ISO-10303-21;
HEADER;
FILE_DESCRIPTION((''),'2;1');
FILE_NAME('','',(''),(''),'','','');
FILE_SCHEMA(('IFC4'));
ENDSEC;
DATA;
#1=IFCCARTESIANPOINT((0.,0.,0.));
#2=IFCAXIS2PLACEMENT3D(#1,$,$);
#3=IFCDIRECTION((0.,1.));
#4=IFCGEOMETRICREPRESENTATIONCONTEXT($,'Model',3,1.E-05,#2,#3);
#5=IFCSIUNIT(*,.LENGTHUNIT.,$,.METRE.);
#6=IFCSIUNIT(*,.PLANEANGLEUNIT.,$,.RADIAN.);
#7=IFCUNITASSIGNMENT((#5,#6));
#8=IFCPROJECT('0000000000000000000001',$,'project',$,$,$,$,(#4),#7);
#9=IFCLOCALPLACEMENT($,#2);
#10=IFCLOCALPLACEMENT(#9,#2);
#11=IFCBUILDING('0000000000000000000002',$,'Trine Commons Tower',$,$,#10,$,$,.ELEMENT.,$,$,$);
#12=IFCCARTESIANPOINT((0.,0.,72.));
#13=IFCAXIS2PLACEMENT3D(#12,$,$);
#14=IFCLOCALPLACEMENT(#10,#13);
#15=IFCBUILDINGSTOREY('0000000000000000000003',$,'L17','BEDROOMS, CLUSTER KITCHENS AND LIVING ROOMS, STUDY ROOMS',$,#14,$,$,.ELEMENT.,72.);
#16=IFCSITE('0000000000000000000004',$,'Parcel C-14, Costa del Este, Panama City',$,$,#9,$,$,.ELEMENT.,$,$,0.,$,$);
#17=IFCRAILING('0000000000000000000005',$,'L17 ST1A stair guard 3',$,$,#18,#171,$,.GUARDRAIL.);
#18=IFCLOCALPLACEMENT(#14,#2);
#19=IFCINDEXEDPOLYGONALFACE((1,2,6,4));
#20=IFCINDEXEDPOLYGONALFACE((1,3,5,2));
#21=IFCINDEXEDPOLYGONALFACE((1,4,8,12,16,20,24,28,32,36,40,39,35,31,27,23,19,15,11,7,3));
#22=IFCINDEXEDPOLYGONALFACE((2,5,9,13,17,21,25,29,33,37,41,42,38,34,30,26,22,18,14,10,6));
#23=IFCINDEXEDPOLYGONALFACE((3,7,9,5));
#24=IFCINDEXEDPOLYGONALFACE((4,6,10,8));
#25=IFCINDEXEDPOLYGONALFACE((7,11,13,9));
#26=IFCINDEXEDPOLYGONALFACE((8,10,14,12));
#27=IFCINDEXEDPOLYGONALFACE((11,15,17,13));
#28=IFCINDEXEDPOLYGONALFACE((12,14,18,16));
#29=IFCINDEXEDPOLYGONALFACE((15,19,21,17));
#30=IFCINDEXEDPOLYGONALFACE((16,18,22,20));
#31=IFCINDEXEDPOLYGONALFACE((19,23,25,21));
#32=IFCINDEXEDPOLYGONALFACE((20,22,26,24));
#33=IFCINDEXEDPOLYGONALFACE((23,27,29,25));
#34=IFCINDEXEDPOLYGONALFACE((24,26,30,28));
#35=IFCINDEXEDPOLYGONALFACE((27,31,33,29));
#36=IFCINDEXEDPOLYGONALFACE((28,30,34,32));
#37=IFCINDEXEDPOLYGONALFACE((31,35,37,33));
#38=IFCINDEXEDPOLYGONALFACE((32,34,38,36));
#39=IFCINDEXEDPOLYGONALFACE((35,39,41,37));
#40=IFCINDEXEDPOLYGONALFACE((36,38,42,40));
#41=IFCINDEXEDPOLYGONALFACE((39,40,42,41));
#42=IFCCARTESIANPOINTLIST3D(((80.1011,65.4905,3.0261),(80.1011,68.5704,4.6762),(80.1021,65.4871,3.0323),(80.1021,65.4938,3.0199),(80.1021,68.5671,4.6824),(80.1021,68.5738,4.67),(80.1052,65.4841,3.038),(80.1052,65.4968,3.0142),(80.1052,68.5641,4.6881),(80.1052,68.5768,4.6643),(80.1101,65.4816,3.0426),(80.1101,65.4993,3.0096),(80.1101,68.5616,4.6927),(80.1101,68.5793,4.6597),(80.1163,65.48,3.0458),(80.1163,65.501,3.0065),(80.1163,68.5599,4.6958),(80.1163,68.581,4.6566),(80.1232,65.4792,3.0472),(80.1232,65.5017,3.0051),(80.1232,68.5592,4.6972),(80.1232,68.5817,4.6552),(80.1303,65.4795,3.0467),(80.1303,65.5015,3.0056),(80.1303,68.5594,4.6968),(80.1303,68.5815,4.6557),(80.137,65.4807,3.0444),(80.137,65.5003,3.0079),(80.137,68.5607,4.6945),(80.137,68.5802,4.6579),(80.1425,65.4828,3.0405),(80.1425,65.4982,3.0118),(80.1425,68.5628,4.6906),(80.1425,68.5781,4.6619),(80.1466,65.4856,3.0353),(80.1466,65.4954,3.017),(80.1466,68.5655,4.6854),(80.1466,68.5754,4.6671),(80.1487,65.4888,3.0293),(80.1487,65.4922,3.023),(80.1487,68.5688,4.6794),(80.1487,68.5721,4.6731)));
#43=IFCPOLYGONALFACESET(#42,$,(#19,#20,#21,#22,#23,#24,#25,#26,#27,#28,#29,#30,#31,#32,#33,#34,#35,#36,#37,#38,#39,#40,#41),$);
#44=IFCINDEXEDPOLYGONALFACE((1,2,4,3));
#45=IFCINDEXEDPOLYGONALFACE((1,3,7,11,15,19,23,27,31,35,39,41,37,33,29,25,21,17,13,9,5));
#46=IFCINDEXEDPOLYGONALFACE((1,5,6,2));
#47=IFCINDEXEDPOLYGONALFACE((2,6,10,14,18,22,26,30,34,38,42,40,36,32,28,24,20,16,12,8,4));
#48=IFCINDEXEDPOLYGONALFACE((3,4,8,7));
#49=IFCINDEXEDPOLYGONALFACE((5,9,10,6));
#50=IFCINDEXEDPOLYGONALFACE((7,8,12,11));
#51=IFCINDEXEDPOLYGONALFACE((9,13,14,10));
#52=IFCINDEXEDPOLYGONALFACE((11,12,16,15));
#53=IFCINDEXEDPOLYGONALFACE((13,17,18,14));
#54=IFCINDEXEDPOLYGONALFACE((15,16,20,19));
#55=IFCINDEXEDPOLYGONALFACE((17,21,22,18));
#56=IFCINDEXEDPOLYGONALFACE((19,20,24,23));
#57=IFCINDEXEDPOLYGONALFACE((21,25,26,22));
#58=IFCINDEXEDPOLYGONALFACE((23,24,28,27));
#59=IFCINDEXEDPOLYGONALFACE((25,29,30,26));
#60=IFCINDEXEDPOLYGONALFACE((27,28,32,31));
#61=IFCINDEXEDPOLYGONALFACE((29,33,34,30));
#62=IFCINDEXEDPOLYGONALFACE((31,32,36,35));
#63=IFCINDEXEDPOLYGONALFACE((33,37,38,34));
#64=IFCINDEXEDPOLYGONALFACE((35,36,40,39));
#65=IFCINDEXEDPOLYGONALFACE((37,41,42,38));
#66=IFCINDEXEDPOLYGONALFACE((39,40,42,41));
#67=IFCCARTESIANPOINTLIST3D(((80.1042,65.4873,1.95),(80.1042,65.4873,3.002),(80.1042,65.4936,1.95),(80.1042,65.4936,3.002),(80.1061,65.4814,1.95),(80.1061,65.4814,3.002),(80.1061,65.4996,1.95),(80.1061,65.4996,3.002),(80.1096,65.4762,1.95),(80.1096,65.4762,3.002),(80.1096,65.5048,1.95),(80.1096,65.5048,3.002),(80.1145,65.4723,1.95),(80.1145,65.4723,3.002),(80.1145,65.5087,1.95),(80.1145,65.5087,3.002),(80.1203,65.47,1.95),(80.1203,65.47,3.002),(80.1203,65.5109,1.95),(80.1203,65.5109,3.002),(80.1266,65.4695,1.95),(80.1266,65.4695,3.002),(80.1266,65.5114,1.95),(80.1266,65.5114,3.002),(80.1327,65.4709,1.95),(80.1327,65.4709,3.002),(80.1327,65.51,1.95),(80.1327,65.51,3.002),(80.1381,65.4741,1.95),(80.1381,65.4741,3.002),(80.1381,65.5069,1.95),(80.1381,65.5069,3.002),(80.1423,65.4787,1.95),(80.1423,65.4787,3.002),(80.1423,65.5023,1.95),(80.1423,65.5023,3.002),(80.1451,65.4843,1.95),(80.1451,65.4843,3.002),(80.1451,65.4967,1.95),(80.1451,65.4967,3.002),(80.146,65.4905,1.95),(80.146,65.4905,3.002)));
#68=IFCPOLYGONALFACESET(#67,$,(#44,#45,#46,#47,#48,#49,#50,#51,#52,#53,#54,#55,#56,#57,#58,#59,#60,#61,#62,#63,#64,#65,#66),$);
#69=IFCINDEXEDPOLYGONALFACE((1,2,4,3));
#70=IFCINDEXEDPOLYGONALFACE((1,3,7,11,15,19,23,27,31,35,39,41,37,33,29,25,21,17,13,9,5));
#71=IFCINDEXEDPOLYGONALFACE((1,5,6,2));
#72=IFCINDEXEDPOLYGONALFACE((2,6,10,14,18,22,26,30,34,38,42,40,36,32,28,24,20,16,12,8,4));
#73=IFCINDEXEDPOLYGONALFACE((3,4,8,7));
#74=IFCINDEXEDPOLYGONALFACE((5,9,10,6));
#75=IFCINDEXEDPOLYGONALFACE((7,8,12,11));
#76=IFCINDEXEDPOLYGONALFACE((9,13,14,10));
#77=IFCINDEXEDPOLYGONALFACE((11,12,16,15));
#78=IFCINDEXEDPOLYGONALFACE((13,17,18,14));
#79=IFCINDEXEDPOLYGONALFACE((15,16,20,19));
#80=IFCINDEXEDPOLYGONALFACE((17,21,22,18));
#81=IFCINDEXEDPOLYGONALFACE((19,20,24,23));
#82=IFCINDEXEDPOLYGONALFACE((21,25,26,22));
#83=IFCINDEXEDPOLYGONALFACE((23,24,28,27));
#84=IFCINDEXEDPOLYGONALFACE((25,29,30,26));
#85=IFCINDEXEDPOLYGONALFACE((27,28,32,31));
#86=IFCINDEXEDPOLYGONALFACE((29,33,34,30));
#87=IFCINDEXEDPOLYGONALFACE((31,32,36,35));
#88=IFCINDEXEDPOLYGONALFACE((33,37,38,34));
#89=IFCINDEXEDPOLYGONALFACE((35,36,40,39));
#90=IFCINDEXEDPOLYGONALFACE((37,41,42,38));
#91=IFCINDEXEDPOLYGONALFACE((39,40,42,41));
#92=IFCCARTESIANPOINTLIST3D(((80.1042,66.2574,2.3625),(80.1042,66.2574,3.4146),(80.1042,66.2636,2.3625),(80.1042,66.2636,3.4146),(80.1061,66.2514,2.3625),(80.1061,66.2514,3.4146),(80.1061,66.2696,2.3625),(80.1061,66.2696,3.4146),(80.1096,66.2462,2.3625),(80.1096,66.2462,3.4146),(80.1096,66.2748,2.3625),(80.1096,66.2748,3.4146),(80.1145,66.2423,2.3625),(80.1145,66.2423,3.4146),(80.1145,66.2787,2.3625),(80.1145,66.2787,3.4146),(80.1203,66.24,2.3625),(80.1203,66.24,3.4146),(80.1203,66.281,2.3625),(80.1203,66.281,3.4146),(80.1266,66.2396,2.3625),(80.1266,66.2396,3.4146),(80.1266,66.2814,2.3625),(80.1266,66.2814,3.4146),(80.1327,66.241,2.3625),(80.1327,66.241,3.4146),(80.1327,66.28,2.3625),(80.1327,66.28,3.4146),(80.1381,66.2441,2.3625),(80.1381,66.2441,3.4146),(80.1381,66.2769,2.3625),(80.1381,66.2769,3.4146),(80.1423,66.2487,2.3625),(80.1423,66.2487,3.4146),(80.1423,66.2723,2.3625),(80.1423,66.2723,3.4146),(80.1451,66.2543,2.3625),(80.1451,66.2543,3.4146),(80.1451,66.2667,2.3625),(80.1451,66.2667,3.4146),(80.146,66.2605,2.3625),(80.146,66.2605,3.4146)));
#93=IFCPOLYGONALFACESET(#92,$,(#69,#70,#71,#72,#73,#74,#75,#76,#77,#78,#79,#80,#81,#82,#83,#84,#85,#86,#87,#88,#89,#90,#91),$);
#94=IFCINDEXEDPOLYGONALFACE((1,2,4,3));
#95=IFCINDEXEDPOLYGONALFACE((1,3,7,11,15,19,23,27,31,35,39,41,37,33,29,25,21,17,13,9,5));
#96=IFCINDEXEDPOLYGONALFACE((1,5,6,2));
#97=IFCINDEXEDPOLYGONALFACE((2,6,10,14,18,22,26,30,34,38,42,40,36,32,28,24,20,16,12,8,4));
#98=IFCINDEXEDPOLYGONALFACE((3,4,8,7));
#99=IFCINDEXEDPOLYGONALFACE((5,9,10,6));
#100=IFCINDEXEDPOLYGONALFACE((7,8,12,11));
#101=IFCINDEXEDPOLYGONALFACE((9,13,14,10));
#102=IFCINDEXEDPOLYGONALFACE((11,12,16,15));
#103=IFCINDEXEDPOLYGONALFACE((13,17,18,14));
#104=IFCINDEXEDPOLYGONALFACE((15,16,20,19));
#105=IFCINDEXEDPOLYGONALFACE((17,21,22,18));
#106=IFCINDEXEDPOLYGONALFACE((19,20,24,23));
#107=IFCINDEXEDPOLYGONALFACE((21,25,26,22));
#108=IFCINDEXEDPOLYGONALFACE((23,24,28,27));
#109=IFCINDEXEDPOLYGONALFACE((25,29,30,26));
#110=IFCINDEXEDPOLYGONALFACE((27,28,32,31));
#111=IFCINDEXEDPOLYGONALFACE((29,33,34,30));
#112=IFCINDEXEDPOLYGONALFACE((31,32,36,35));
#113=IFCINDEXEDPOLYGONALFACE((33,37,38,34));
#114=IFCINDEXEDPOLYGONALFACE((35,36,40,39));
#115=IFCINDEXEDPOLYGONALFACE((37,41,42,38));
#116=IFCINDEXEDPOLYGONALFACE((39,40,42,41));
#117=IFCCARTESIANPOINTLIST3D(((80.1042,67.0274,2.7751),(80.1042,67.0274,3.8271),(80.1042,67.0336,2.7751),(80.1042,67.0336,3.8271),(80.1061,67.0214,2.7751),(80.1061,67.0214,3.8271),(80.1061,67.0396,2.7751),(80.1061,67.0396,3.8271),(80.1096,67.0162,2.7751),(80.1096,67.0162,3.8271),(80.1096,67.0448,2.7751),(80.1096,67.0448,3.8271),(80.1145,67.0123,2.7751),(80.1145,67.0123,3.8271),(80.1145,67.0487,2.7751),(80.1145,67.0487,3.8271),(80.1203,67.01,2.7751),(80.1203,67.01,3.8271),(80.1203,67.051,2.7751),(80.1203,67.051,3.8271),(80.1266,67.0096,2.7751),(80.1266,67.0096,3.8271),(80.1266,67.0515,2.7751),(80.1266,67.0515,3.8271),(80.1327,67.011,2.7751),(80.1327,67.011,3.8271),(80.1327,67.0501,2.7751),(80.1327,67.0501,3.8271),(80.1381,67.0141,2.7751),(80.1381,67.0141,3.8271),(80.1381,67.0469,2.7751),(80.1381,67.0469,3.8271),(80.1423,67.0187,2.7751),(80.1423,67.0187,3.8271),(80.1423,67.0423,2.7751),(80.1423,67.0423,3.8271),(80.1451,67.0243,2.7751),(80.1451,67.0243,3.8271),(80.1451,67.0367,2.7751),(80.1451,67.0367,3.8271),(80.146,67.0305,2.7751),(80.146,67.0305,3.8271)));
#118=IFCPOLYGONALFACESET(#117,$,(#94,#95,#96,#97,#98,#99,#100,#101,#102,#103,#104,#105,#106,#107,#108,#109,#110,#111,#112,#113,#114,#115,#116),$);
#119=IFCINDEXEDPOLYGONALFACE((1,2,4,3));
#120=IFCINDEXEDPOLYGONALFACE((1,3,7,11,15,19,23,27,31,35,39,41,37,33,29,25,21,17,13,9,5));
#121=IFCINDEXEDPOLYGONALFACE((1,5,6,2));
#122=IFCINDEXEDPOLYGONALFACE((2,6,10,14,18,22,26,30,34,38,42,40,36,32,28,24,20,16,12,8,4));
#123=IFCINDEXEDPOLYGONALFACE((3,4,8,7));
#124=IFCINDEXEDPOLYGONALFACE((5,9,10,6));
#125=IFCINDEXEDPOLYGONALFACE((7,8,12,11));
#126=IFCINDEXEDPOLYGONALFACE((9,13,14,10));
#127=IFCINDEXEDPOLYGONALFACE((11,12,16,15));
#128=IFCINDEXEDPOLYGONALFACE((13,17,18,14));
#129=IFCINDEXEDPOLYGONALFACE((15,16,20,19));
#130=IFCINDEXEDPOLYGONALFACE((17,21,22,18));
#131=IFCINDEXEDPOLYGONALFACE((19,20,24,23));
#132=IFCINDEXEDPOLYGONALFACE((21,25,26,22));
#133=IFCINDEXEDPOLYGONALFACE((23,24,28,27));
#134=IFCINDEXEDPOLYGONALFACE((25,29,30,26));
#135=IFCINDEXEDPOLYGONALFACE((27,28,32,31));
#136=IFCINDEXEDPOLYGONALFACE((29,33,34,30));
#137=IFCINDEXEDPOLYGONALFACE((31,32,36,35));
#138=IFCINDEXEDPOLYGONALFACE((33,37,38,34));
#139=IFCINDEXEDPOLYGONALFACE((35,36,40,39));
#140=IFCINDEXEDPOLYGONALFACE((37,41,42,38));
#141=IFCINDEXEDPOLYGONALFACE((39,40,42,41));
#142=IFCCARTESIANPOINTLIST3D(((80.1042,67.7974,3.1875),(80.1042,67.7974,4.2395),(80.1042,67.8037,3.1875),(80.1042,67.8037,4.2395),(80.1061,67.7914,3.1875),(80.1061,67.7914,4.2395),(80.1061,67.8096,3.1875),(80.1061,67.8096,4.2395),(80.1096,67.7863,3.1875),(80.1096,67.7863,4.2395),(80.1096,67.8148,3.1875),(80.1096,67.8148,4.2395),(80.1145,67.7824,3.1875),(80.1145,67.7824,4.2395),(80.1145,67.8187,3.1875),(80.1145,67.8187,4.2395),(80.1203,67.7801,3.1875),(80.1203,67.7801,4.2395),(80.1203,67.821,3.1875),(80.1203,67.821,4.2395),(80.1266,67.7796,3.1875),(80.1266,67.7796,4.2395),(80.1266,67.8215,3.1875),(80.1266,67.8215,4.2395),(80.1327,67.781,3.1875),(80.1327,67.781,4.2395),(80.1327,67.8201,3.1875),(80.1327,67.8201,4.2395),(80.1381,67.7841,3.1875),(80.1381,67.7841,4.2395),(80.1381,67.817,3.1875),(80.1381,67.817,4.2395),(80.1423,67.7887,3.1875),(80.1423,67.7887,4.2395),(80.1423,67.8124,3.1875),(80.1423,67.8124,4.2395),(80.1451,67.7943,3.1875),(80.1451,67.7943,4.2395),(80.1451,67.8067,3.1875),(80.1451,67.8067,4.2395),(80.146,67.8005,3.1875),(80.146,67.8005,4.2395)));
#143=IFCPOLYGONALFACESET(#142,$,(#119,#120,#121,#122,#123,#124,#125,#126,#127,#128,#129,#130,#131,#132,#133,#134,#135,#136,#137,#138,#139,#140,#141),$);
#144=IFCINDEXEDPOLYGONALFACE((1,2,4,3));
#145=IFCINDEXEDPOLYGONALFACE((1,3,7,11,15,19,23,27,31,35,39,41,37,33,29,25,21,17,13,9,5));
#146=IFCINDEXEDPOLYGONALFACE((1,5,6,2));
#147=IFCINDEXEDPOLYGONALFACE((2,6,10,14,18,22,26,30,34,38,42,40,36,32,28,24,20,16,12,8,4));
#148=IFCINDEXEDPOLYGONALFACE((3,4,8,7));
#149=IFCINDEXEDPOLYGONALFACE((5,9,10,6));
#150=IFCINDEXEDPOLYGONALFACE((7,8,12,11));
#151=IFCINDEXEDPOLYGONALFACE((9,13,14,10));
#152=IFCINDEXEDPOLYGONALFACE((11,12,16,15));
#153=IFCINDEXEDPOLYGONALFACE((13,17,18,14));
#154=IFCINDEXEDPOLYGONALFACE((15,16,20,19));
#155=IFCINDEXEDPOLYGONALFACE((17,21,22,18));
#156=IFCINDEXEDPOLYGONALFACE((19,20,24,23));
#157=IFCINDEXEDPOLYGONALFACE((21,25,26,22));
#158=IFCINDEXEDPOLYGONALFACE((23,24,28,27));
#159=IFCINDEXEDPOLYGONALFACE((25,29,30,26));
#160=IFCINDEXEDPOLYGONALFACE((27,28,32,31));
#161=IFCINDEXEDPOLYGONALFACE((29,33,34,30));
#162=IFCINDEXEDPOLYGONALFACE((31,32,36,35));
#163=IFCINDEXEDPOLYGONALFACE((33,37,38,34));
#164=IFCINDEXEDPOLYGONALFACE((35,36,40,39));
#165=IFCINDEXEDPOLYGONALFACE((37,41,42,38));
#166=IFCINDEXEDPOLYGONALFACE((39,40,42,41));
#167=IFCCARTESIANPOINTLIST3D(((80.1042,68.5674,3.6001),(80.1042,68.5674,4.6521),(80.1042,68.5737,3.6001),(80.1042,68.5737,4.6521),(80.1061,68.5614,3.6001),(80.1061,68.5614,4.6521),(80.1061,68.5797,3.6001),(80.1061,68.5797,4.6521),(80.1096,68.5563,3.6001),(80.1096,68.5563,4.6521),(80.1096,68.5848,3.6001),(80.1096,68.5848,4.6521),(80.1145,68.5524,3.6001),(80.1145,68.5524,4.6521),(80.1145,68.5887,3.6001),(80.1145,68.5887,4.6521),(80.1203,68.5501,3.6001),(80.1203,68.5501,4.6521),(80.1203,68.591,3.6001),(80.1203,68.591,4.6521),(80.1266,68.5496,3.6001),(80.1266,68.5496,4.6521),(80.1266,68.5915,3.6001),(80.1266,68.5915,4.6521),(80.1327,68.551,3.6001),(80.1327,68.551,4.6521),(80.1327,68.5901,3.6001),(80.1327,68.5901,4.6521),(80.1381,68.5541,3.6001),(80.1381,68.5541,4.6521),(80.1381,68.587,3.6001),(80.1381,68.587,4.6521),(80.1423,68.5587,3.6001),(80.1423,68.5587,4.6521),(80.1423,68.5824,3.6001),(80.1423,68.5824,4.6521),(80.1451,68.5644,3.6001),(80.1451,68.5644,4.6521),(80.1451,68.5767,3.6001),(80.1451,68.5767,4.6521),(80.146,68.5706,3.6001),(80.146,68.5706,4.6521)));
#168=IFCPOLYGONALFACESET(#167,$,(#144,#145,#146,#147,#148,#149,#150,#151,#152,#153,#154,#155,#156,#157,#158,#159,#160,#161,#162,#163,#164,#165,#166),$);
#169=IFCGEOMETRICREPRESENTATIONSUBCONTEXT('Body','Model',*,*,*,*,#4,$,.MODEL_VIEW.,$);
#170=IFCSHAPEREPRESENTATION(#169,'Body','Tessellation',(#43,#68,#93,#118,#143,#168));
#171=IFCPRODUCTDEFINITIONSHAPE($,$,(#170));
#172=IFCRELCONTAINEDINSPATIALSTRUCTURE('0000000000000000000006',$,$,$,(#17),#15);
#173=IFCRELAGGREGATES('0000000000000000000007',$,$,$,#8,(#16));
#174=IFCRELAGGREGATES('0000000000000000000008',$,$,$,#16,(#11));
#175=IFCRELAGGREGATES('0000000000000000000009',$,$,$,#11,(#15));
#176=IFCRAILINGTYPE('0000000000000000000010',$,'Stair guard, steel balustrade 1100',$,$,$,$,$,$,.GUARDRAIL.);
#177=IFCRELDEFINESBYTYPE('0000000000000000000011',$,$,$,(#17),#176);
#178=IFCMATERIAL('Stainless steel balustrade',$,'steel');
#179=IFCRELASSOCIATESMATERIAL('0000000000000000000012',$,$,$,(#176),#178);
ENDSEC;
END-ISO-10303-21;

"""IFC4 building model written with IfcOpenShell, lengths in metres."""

from ifc_helpers import new_model, si_unit, direction, frame, origin, origin_2d, place, context, subcontext, project, spatial, circle, extrude, material, type_object, element, save


model = new_model("IFC4")

# Units and contexts
model_context = context("Model", 3, precision=1e-05, world=origin(), true_north=direction((0.0, 1.0)))
body_context = subcontext(model_context, "Body", "Model", "MODEL_VIEW")
ifc_project = project(units=[si_unit("LENGTHUNIT", "METRE"), si_unit("PLANEANGLEUNIT", "RADIAN")], contexts=[model_context])

# Site, building, storey
site_placement = place(None, origin())
site = spatial("IfcSite", under=ifc_project, at=site_placement, Name="Parcel C-14, Costa del Este, Panama City", CompositionType="ELEMENT", RefElevation=0.0)
building_placement = place(site_placement, origin())
building = spatial("IfcBuilding", under=site, at=building_placement, Name="Trine Commons Tower", CompositionType="ELEMENT")
storey_placement = place(building_placement, frame((0.0, 0.0, 72.0)))
storey = spatial("IfcBuildingStorey", under=building, at=storey_placement, Name="L17", Description="BEDROOMS, CLUSTER KITCHENS AND LIVING ROOMS, STUDY ROOMS", CompositionType="ELEMENT", Elevation=72.0)

# Railing
ifc_material_1 = material(Name="Stainless steel balustrade", Category="steel")
railing_type_1 = type_object("IfcRailingType", Name="Stair guard, steel balustrade 1100", PredefinedType="GUARDRAIL", material=ifc_material_1)
railing_1_placement = place(storey_placement, frame((80.125, 65.4905, 1.95)))
element("IfcRailing", 1, at=railing_1_placement, inside=storey, type_object=railing_type_1, Name="L17 ST1A stair guard 3", PredefinedType="GUARDRAIL", context=body_context, shape_type="SweptSolid", body=[
    extrude(circle(Radius=0.0239, at=origin_2d()), frame((0.0, 0.0, 1.0762), z_axis=(0.0, 0.881468, 0.472245), x_axis=(-1.0, 0.0, 0.0)), (0.0, 0.0, 1.0), 3.4941),
    extrude(circle(Radius=0.021, at=origin_2d()), origin(), (0.0, 0.0, 1.0), 1.052),
    extrude(circle(Radius=0.021, at=origin_2d()), frame((0.0, 0.77, 0.4126)), (0.0, 0.0, 1.0), 1.052),
    extrude(circle(Radius=0.021, at=origin_2d()), frame((0.0, 1.54, 0.8252)), (0.0, 0.0, 1.0), 1.052),
    extrude(circle(Radius=0.021, at=origin_2d()), frame((0.0, 2.3101, 1.2375)), (0.0, 0.0, 1.0), 1.052),
    extrude(circle(Radius=0.021, at=origin_2d()), frame((0.0, 3.0801, 1.6501)), (0.0, 0.0, 1.0), 1.052),
])

save(model, "model.ifc")
